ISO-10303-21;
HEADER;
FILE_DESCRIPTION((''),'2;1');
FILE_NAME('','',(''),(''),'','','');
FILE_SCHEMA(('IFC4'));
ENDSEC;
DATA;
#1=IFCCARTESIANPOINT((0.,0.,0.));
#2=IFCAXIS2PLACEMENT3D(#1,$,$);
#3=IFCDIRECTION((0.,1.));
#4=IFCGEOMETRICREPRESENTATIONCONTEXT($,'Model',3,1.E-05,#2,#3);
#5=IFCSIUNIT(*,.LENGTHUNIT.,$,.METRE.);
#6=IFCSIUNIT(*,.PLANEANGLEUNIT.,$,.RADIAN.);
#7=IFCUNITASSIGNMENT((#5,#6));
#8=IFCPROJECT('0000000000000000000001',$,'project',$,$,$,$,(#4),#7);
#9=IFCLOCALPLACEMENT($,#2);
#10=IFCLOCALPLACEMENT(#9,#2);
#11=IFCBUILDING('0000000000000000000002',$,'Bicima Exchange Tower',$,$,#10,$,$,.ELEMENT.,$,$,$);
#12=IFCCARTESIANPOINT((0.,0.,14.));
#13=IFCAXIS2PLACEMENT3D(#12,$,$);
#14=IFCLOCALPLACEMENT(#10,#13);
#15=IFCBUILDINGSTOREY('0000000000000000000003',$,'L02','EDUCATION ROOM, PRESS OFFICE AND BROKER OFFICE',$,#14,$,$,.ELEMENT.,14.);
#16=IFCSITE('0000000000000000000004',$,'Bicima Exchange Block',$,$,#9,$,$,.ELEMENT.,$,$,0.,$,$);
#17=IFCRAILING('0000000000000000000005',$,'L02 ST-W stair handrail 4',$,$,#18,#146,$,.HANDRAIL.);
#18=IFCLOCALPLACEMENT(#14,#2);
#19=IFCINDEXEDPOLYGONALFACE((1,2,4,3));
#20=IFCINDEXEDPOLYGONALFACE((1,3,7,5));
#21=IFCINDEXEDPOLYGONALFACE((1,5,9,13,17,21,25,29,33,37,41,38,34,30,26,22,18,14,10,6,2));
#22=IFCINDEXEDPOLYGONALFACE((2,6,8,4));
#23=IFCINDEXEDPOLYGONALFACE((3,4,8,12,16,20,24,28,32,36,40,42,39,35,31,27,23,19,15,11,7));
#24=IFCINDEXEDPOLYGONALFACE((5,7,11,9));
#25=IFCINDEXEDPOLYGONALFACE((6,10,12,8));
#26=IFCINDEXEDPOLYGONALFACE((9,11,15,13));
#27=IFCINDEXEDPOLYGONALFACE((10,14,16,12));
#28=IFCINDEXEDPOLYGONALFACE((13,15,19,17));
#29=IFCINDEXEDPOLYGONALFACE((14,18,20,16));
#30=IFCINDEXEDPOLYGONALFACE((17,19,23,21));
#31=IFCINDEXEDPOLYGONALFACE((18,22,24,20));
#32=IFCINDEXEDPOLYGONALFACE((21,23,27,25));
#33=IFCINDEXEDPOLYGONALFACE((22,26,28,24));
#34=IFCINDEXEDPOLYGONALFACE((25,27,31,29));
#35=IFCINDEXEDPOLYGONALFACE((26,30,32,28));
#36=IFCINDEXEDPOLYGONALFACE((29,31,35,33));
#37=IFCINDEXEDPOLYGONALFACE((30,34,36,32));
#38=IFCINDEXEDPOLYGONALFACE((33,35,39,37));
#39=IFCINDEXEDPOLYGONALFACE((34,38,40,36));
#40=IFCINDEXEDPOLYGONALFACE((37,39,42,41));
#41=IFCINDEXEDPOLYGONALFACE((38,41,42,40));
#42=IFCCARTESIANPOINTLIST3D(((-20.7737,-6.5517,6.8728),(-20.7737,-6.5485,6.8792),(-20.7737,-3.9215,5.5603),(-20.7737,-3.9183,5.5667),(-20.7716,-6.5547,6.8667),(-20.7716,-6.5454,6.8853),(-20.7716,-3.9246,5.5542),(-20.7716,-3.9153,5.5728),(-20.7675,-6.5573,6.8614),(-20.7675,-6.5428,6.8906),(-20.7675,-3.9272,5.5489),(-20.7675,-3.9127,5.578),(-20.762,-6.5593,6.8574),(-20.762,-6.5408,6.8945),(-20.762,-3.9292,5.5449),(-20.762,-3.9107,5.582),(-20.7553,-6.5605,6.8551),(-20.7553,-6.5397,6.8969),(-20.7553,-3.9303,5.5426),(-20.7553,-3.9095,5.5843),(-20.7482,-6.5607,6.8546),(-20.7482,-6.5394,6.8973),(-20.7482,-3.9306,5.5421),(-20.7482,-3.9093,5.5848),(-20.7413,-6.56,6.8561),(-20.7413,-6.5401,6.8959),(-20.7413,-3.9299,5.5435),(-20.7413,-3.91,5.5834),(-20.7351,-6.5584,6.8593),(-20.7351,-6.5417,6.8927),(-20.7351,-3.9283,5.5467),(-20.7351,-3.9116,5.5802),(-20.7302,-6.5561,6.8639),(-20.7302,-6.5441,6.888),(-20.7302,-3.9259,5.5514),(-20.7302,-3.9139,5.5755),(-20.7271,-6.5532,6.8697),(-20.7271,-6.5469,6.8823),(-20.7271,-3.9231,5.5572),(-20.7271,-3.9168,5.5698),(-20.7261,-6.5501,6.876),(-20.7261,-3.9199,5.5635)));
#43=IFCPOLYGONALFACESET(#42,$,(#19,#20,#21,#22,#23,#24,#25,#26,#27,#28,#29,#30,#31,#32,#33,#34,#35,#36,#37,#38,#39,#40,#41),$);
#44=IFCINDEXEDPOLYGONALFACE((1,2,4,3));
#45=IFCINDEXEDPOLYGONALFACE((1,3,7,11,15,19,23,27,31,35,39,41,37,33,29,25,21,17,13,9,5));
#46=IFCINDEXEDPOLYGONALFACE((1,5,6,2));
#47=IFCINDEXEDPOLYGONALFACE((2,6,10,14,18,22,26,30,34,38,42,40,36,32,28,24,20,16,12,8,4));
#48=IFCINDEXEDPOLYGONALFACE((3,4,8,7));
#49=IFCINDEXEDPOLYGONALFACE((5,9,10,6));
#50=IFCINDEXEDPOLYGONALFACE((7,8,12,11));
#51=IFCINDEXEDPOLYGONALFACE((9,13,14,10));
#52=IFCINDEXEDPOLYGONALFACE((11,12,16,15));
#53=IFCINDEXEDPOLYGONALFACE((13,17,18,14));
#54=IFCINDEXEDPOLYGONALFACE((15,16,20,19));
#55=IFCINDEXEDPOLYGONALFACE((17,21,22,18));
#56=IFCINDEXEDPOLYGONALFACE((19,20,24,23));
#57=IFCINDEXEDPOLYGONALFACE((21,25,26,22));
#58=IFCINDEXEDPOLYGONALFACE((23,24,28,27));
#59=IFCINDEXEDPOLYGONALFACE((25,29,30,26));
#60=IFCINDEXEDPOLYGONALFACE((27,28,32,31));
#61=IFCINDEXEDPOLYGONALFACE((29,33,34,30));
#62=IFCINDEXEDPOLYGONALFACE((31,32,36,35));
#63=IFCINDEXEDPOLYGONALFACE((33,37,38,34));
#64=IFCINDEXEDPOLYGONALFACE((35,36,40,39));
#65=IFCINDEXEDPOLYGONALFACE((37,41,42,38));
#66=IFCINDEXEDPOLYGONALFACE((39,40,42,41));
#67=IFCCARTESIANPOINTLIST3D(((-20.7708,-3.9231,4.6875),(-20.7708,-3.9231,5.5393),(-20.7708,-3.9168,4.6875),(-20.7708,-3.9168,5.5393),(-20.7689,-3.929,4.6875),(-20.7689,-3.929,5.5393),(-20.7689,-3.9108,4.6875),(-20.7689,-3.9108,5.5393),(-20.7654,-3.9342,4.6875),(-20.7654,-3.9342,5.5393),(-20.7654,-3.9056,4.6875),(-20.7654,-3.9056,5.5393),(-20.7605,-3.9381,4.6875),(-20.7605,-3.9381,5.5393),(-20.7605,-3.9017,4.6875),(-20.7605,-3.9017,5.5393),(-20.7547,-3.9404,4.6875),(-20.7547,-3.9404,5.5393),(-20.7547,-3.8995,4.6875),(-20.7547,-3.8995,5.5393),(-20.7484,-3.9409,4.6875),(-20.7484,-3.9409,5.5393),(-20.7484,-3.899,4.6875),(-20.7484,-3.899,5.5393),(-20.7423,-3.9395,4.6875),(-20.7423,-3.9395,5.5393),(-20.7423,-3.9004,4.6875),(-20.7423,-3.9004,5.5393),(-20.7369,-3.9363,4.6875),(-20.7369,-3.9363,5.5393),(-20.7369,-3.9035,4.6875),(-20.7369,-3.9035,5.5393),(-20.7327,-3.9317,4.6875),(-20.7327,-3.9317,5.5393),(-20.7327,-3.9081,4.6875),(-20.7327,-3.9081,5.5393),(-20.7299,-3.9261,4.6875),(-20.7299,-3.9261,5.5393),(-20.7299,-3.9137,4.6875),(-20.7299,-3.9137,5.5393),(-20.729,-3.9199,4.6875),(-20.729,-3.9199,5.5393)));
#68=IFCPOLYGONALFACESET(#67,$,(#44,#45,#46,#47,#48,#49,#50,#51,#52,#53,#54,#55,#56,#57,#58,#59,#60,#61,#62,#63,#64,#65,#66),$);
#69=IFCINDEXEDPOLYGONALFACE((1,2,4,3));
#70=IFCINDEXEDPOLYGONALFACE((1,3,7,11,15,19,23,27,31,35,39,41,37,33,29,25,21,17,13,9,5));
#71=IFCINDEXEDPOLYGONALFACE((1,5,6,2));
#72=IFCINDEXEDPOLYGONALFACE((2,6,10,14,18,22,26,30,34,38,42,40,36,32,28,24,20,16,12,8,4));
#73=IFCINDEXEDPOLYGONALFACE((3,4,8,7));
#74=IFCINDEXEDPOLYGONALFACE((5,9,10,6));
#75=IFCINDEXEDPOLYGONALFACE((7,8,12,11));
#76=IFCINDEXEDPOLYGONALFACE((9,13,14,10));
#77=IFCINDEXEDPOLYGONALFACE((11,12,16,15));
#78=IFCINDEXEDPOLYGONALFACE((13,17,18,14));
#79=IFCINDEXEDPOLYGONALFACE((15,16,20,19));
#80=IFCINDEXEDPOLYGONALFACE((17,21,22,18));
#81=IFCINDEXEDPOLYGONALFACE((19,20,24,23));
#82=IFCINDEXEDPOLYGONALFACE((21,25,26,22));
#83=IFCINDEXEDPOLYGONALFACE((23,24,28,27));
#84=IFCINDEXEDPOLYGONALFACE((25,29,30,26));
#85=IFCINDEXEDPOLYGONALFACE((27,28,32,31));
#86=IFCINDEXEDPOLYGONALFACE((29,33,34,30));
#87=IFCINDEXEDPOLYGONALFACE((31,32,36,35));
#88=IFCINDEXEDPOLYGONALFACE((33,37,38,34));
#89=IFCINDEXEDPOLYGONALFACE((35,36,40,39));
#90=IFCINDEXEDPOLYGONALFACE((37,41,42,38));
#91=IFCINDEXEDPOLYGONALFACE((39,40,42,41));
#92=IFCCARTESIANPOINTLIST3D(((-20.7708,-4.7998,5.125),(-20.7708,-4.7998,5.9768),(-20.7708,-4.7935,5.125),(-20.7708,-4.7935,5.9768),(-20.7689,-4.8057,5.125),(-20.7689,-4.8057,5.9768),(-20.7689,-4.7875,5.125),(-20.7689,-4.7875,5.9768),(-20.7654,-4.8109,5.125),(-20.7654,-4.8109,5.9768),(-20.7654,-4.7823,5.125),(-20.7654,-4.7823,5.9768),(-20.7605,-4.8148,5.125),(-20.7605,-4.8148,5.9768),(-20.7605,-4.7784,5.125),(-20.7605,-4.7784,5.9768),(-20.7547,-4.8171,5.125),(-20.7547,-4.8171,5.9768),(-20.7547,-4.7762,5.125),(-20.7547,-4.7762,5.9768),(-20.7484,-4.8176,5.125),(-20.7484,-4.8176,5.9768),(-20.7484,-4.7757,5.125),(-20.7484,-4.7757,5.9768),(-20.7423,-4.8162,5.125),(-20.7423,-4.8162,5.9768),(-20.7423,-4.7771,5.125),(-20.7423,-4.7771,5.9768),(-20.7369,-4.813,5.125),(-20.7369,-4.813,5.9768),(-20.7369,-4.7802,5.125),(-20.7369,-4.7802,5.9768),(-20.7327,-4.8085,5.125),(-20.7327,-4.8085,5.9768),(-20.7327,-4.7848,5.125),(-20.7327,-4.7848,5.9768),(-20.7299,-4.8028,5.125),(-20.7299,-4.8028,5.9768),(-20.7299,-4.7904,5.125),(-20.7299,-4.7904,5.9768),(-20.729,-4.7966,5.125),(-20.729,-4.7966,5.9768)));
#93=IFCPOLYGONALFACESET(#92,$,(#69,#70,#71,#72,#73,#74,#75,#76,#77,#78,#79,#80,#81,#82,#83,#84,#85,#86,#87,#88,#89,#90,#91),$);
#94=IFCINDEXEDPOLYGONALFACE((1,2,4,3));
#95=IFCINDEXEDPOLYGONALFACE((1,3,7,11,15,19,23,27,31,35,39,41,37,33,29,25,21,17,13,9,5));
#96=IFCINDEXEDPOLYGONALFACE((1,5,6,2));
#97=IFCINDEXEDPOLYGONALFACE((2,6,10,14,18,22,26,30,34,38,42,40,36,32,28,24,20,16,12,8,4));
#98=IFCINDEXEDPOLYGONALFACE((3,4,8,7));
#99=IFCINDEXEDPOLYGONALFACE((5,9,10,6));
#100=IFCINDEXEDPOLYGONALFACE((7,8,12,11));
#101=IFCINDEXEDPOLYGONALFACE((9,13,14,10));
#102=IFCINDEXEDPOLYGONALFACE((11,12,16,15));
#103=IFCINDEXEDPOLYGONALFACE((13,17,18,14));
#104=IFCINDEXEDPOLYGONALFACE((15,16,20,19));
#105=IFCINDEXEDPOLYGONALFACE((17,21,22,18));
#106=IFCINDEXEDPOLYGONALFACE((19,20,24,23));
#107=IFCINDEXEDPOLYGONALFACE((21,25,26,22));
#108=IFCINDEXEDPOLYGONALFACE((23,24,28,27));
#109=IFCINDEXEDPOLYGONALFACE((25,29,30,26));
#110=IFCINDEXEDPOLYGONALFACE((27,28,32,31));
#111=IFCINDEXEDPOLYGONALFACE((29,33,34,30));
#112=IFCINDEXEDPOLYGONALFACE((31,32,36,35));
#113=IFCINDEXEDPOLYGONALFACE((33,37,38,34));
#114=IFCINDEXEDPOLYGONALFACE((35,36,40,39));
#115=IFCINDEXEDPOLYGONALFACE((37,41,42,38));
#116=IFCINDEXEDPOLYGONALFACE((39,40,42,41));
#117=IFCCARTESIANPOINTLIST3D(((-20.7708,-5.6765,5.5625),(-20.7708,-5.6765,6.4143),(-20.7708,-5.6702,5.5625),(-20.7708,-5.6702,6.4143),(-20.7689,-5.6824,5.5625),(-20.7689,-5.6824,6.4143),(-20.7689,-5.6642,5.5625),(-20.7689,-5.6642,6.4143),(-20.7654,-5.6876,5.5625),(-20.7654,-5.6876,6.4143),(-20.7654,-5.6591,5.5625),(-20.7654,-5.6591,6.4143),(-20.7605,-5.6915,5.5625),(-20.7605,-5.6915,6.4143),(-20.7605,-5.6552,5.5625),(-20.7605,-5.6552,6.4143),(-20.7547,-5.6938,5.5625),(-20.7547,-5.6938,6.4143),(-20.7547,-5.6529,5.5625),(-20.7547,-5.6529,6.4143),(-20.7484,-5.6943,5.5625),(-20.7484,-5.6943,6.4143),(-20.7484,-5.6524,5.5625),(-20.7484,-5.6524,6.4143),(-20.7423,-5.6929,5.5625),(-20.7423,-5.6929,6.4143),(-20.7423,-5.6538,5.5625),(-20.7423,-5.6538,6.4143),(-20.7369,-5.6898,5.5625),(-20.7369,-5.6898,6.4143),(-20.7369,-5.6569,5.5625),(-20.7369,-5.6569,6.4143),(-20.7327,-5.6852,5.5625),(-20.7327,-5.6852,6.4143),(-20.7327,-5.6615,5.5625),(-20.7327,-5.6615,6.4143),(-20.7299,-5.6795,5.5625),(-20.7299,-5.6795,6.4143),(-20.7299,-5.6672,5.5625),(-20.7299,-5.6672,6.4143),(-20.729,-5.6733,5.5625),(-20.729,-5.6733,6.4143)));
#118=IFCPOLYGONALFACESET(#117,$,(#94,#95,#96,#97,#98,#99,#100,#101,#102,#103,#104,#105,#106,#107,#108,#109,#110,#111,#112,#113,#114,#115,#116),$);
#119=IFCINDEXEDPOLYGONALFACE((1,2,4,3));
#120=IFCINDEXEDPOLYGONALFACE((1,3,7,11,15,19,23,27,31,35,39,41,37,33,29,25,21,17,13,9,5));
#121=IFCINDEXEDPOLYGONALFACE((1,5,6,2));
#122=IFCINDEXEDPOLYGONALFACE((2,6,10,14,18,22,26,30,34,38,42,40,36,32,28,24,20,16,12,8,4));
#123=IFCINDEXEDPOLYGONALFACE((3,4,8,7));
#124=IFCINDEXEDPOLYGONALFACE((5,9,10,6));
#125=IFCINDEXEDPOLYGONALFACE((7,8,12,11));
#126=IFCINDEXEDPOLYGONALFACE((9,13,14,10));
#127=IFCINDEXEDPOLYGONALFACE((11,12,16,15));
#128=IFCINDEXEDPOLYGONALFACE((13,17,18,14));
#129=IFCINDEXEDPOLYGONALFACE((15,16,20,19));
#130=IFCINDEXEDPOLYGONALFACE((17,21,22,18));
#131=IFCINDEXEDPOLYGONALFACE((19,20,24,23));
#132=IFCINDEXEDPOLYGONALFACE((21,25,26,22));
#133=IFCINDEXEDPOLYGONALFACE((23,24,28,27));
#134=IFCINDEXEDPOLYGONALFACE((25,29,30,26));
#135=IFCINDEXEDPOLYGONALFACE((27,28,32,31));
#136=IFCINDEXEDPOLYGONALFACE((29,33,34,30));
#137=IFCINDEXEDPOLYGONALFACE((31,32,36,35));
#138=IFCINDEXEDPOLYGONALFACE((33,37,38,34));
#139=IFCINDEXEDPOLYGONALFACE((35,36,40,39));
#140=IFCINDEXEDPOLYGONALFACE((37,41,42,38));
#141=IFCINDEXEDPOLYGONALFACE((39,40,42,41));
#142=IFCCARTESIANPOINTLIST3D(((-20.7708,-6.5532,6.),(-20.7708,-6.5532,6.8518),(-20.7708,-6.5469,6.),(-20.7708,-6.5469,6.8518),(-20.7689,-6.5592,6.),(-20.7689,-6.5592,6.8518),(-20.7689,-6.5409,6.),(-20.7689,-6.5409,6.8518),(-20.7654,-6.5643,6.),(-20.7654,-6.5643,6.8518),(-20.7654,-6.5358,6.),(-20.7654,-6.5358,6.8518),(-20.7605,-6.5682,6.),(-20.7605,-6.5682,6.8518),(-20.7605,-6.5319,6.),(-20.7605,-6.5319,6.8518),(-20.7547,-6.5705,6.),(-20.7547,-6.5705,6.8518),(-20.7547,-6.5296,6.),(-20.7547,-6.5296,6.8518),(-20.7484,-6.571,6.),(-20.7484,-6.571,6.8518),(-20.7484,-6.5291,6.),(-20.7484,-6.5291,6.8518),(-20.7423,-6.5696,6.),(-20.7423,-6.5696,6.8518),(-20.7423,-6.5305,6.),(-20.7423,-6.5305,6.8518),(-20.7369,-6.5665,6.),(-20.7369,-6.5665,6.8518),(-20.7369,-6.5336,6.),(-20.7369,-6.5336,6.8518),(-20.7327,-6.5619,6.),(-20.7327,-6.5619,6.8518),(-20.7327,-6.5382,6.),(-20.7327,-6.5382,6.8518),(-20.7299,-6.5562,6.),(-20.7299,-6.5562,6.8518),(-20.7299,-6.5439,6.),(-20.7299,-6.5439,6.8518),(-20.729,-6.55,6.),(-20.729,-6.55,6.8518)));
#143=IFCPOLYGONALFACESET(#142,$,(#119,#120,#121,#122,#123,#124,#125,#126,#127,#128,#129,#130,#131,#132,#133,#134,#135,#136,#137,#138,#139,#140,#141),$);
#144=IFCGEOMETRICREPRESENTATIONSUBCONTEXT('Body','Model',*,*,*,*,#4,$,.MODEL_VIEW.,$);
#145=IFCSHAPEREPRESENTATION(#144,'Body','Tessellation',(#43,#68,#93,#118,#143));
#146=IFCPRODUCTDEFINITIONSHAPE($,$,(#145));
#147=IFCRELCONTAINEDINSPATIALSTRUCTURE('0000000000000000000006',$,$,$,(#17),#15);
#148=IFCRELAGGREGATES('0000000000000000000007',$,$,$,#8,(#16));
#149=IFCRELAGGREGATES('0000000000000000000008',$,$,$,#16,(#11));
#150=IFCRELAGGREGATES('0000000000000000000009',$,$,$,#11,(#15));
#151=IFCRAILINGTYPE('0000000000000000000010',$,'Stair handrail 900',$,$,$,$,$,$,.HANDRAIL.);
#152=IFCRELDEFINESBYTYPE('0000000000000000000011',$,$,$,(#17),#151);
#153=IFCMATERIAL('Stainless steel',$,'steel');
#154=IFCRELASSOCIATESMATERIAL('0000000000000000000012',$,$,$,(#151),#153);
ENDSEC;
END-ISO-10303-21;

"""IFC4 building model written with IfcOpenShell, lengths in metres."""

from ifc_helpers import new_model, si_unit, direction, frame, origin, origin_2d, place, context, subcontext, project, spatial, circle, extrude, material, type_object, element, save


model = new_model("IFC4")

# Units and contexts
model_context = context("Model", 3, precision=1e-05, world=origin(), true_north=direction((0.0, 1.0)))
body_context = subcontext(model_context, "Body", "Model", "MODEL_VIEW")
ifc_project = project(units=[si_unit("LENGTHUNIT", "METRE"), si_unit("PLANEANGLEUNIT", "RADIAN")], contexts=[model_context])

# Site, building, storey
site_placement = place(None, origin())
site = spatial("IfcSite", under=ifc_project, at=site_placement, Name="Bicima Exchange Block", CompositionType="ELEMENT", RefElevation=0.0)
building_placement = place(site_placement, origin())
building = spatial("IfcBuilding", under=site, at=building_placement, Name="Bicima Exchange Tower", CompositionType="ELEMENT")
storey_placement = place(building_placement, frame((0.0, 0.0, 14.0)))
storey = spatial("IfcBuildingStorey", under=building, at=storey_placement, Name="L02", Description="EDUCATION ROOM, PRESS OFFICE AND BROKER OFFICE", CompositionType="ELEMENT", Elevation=14.0)

# Railing
ifc_material_1 = material(Name="Stainless steel", Category="steel")
railing_type_1 = type_object("IfcRailingType", Name="Stair handrail 900", PredefinedType="HANDRAIL", material=ifc_material_1)
for number, where, name in (
    (1, (-20.75, -3.9199, 4.6875), "L02 ST-W stair handrail 4"),
):
    element("IfcRailing", number, at=place(storey_placement, frame(where)), inside=storey, type_object=railing_type_1, Name=name, PredefinedType="HANDRAIL", context=body_context, shape_type="SweptSolid", body=[
        extrude(circle(Radius=0.0239, at=origin_2d()), frame((0.0, 0.0, 0.876), z_axis=(0.0, -0.894776, 0.446516), x_axis=(1.0, 0.0, 0.0)), (0.0, 0.0, 1.0), 2.9395),
        extrude(circle(Radius=0.021, at=origin_2d()), origin(), (0.0, 0.0, 1.0), 0.8518),
        extrude(circle(Radius=0.021, at=origin_2d()), frame((0.0, -0.8767, 0.4375)), (0.0, 0.0, 1.0), 0.8518),
        extrude(circle(Radius=0.021, at=origin_2d()), frame((0.0, -1.7534, 0.875)), (0.0, 0.0, 1.0), 0.8518),
        extrude(circle(Radius=0.021, at=origin_2d()), frame((0.0, -2.6301, 1.3125)), (0.0, 0.0, 1.0), 0.8518),
    ])

save(model, "model.ifc")
